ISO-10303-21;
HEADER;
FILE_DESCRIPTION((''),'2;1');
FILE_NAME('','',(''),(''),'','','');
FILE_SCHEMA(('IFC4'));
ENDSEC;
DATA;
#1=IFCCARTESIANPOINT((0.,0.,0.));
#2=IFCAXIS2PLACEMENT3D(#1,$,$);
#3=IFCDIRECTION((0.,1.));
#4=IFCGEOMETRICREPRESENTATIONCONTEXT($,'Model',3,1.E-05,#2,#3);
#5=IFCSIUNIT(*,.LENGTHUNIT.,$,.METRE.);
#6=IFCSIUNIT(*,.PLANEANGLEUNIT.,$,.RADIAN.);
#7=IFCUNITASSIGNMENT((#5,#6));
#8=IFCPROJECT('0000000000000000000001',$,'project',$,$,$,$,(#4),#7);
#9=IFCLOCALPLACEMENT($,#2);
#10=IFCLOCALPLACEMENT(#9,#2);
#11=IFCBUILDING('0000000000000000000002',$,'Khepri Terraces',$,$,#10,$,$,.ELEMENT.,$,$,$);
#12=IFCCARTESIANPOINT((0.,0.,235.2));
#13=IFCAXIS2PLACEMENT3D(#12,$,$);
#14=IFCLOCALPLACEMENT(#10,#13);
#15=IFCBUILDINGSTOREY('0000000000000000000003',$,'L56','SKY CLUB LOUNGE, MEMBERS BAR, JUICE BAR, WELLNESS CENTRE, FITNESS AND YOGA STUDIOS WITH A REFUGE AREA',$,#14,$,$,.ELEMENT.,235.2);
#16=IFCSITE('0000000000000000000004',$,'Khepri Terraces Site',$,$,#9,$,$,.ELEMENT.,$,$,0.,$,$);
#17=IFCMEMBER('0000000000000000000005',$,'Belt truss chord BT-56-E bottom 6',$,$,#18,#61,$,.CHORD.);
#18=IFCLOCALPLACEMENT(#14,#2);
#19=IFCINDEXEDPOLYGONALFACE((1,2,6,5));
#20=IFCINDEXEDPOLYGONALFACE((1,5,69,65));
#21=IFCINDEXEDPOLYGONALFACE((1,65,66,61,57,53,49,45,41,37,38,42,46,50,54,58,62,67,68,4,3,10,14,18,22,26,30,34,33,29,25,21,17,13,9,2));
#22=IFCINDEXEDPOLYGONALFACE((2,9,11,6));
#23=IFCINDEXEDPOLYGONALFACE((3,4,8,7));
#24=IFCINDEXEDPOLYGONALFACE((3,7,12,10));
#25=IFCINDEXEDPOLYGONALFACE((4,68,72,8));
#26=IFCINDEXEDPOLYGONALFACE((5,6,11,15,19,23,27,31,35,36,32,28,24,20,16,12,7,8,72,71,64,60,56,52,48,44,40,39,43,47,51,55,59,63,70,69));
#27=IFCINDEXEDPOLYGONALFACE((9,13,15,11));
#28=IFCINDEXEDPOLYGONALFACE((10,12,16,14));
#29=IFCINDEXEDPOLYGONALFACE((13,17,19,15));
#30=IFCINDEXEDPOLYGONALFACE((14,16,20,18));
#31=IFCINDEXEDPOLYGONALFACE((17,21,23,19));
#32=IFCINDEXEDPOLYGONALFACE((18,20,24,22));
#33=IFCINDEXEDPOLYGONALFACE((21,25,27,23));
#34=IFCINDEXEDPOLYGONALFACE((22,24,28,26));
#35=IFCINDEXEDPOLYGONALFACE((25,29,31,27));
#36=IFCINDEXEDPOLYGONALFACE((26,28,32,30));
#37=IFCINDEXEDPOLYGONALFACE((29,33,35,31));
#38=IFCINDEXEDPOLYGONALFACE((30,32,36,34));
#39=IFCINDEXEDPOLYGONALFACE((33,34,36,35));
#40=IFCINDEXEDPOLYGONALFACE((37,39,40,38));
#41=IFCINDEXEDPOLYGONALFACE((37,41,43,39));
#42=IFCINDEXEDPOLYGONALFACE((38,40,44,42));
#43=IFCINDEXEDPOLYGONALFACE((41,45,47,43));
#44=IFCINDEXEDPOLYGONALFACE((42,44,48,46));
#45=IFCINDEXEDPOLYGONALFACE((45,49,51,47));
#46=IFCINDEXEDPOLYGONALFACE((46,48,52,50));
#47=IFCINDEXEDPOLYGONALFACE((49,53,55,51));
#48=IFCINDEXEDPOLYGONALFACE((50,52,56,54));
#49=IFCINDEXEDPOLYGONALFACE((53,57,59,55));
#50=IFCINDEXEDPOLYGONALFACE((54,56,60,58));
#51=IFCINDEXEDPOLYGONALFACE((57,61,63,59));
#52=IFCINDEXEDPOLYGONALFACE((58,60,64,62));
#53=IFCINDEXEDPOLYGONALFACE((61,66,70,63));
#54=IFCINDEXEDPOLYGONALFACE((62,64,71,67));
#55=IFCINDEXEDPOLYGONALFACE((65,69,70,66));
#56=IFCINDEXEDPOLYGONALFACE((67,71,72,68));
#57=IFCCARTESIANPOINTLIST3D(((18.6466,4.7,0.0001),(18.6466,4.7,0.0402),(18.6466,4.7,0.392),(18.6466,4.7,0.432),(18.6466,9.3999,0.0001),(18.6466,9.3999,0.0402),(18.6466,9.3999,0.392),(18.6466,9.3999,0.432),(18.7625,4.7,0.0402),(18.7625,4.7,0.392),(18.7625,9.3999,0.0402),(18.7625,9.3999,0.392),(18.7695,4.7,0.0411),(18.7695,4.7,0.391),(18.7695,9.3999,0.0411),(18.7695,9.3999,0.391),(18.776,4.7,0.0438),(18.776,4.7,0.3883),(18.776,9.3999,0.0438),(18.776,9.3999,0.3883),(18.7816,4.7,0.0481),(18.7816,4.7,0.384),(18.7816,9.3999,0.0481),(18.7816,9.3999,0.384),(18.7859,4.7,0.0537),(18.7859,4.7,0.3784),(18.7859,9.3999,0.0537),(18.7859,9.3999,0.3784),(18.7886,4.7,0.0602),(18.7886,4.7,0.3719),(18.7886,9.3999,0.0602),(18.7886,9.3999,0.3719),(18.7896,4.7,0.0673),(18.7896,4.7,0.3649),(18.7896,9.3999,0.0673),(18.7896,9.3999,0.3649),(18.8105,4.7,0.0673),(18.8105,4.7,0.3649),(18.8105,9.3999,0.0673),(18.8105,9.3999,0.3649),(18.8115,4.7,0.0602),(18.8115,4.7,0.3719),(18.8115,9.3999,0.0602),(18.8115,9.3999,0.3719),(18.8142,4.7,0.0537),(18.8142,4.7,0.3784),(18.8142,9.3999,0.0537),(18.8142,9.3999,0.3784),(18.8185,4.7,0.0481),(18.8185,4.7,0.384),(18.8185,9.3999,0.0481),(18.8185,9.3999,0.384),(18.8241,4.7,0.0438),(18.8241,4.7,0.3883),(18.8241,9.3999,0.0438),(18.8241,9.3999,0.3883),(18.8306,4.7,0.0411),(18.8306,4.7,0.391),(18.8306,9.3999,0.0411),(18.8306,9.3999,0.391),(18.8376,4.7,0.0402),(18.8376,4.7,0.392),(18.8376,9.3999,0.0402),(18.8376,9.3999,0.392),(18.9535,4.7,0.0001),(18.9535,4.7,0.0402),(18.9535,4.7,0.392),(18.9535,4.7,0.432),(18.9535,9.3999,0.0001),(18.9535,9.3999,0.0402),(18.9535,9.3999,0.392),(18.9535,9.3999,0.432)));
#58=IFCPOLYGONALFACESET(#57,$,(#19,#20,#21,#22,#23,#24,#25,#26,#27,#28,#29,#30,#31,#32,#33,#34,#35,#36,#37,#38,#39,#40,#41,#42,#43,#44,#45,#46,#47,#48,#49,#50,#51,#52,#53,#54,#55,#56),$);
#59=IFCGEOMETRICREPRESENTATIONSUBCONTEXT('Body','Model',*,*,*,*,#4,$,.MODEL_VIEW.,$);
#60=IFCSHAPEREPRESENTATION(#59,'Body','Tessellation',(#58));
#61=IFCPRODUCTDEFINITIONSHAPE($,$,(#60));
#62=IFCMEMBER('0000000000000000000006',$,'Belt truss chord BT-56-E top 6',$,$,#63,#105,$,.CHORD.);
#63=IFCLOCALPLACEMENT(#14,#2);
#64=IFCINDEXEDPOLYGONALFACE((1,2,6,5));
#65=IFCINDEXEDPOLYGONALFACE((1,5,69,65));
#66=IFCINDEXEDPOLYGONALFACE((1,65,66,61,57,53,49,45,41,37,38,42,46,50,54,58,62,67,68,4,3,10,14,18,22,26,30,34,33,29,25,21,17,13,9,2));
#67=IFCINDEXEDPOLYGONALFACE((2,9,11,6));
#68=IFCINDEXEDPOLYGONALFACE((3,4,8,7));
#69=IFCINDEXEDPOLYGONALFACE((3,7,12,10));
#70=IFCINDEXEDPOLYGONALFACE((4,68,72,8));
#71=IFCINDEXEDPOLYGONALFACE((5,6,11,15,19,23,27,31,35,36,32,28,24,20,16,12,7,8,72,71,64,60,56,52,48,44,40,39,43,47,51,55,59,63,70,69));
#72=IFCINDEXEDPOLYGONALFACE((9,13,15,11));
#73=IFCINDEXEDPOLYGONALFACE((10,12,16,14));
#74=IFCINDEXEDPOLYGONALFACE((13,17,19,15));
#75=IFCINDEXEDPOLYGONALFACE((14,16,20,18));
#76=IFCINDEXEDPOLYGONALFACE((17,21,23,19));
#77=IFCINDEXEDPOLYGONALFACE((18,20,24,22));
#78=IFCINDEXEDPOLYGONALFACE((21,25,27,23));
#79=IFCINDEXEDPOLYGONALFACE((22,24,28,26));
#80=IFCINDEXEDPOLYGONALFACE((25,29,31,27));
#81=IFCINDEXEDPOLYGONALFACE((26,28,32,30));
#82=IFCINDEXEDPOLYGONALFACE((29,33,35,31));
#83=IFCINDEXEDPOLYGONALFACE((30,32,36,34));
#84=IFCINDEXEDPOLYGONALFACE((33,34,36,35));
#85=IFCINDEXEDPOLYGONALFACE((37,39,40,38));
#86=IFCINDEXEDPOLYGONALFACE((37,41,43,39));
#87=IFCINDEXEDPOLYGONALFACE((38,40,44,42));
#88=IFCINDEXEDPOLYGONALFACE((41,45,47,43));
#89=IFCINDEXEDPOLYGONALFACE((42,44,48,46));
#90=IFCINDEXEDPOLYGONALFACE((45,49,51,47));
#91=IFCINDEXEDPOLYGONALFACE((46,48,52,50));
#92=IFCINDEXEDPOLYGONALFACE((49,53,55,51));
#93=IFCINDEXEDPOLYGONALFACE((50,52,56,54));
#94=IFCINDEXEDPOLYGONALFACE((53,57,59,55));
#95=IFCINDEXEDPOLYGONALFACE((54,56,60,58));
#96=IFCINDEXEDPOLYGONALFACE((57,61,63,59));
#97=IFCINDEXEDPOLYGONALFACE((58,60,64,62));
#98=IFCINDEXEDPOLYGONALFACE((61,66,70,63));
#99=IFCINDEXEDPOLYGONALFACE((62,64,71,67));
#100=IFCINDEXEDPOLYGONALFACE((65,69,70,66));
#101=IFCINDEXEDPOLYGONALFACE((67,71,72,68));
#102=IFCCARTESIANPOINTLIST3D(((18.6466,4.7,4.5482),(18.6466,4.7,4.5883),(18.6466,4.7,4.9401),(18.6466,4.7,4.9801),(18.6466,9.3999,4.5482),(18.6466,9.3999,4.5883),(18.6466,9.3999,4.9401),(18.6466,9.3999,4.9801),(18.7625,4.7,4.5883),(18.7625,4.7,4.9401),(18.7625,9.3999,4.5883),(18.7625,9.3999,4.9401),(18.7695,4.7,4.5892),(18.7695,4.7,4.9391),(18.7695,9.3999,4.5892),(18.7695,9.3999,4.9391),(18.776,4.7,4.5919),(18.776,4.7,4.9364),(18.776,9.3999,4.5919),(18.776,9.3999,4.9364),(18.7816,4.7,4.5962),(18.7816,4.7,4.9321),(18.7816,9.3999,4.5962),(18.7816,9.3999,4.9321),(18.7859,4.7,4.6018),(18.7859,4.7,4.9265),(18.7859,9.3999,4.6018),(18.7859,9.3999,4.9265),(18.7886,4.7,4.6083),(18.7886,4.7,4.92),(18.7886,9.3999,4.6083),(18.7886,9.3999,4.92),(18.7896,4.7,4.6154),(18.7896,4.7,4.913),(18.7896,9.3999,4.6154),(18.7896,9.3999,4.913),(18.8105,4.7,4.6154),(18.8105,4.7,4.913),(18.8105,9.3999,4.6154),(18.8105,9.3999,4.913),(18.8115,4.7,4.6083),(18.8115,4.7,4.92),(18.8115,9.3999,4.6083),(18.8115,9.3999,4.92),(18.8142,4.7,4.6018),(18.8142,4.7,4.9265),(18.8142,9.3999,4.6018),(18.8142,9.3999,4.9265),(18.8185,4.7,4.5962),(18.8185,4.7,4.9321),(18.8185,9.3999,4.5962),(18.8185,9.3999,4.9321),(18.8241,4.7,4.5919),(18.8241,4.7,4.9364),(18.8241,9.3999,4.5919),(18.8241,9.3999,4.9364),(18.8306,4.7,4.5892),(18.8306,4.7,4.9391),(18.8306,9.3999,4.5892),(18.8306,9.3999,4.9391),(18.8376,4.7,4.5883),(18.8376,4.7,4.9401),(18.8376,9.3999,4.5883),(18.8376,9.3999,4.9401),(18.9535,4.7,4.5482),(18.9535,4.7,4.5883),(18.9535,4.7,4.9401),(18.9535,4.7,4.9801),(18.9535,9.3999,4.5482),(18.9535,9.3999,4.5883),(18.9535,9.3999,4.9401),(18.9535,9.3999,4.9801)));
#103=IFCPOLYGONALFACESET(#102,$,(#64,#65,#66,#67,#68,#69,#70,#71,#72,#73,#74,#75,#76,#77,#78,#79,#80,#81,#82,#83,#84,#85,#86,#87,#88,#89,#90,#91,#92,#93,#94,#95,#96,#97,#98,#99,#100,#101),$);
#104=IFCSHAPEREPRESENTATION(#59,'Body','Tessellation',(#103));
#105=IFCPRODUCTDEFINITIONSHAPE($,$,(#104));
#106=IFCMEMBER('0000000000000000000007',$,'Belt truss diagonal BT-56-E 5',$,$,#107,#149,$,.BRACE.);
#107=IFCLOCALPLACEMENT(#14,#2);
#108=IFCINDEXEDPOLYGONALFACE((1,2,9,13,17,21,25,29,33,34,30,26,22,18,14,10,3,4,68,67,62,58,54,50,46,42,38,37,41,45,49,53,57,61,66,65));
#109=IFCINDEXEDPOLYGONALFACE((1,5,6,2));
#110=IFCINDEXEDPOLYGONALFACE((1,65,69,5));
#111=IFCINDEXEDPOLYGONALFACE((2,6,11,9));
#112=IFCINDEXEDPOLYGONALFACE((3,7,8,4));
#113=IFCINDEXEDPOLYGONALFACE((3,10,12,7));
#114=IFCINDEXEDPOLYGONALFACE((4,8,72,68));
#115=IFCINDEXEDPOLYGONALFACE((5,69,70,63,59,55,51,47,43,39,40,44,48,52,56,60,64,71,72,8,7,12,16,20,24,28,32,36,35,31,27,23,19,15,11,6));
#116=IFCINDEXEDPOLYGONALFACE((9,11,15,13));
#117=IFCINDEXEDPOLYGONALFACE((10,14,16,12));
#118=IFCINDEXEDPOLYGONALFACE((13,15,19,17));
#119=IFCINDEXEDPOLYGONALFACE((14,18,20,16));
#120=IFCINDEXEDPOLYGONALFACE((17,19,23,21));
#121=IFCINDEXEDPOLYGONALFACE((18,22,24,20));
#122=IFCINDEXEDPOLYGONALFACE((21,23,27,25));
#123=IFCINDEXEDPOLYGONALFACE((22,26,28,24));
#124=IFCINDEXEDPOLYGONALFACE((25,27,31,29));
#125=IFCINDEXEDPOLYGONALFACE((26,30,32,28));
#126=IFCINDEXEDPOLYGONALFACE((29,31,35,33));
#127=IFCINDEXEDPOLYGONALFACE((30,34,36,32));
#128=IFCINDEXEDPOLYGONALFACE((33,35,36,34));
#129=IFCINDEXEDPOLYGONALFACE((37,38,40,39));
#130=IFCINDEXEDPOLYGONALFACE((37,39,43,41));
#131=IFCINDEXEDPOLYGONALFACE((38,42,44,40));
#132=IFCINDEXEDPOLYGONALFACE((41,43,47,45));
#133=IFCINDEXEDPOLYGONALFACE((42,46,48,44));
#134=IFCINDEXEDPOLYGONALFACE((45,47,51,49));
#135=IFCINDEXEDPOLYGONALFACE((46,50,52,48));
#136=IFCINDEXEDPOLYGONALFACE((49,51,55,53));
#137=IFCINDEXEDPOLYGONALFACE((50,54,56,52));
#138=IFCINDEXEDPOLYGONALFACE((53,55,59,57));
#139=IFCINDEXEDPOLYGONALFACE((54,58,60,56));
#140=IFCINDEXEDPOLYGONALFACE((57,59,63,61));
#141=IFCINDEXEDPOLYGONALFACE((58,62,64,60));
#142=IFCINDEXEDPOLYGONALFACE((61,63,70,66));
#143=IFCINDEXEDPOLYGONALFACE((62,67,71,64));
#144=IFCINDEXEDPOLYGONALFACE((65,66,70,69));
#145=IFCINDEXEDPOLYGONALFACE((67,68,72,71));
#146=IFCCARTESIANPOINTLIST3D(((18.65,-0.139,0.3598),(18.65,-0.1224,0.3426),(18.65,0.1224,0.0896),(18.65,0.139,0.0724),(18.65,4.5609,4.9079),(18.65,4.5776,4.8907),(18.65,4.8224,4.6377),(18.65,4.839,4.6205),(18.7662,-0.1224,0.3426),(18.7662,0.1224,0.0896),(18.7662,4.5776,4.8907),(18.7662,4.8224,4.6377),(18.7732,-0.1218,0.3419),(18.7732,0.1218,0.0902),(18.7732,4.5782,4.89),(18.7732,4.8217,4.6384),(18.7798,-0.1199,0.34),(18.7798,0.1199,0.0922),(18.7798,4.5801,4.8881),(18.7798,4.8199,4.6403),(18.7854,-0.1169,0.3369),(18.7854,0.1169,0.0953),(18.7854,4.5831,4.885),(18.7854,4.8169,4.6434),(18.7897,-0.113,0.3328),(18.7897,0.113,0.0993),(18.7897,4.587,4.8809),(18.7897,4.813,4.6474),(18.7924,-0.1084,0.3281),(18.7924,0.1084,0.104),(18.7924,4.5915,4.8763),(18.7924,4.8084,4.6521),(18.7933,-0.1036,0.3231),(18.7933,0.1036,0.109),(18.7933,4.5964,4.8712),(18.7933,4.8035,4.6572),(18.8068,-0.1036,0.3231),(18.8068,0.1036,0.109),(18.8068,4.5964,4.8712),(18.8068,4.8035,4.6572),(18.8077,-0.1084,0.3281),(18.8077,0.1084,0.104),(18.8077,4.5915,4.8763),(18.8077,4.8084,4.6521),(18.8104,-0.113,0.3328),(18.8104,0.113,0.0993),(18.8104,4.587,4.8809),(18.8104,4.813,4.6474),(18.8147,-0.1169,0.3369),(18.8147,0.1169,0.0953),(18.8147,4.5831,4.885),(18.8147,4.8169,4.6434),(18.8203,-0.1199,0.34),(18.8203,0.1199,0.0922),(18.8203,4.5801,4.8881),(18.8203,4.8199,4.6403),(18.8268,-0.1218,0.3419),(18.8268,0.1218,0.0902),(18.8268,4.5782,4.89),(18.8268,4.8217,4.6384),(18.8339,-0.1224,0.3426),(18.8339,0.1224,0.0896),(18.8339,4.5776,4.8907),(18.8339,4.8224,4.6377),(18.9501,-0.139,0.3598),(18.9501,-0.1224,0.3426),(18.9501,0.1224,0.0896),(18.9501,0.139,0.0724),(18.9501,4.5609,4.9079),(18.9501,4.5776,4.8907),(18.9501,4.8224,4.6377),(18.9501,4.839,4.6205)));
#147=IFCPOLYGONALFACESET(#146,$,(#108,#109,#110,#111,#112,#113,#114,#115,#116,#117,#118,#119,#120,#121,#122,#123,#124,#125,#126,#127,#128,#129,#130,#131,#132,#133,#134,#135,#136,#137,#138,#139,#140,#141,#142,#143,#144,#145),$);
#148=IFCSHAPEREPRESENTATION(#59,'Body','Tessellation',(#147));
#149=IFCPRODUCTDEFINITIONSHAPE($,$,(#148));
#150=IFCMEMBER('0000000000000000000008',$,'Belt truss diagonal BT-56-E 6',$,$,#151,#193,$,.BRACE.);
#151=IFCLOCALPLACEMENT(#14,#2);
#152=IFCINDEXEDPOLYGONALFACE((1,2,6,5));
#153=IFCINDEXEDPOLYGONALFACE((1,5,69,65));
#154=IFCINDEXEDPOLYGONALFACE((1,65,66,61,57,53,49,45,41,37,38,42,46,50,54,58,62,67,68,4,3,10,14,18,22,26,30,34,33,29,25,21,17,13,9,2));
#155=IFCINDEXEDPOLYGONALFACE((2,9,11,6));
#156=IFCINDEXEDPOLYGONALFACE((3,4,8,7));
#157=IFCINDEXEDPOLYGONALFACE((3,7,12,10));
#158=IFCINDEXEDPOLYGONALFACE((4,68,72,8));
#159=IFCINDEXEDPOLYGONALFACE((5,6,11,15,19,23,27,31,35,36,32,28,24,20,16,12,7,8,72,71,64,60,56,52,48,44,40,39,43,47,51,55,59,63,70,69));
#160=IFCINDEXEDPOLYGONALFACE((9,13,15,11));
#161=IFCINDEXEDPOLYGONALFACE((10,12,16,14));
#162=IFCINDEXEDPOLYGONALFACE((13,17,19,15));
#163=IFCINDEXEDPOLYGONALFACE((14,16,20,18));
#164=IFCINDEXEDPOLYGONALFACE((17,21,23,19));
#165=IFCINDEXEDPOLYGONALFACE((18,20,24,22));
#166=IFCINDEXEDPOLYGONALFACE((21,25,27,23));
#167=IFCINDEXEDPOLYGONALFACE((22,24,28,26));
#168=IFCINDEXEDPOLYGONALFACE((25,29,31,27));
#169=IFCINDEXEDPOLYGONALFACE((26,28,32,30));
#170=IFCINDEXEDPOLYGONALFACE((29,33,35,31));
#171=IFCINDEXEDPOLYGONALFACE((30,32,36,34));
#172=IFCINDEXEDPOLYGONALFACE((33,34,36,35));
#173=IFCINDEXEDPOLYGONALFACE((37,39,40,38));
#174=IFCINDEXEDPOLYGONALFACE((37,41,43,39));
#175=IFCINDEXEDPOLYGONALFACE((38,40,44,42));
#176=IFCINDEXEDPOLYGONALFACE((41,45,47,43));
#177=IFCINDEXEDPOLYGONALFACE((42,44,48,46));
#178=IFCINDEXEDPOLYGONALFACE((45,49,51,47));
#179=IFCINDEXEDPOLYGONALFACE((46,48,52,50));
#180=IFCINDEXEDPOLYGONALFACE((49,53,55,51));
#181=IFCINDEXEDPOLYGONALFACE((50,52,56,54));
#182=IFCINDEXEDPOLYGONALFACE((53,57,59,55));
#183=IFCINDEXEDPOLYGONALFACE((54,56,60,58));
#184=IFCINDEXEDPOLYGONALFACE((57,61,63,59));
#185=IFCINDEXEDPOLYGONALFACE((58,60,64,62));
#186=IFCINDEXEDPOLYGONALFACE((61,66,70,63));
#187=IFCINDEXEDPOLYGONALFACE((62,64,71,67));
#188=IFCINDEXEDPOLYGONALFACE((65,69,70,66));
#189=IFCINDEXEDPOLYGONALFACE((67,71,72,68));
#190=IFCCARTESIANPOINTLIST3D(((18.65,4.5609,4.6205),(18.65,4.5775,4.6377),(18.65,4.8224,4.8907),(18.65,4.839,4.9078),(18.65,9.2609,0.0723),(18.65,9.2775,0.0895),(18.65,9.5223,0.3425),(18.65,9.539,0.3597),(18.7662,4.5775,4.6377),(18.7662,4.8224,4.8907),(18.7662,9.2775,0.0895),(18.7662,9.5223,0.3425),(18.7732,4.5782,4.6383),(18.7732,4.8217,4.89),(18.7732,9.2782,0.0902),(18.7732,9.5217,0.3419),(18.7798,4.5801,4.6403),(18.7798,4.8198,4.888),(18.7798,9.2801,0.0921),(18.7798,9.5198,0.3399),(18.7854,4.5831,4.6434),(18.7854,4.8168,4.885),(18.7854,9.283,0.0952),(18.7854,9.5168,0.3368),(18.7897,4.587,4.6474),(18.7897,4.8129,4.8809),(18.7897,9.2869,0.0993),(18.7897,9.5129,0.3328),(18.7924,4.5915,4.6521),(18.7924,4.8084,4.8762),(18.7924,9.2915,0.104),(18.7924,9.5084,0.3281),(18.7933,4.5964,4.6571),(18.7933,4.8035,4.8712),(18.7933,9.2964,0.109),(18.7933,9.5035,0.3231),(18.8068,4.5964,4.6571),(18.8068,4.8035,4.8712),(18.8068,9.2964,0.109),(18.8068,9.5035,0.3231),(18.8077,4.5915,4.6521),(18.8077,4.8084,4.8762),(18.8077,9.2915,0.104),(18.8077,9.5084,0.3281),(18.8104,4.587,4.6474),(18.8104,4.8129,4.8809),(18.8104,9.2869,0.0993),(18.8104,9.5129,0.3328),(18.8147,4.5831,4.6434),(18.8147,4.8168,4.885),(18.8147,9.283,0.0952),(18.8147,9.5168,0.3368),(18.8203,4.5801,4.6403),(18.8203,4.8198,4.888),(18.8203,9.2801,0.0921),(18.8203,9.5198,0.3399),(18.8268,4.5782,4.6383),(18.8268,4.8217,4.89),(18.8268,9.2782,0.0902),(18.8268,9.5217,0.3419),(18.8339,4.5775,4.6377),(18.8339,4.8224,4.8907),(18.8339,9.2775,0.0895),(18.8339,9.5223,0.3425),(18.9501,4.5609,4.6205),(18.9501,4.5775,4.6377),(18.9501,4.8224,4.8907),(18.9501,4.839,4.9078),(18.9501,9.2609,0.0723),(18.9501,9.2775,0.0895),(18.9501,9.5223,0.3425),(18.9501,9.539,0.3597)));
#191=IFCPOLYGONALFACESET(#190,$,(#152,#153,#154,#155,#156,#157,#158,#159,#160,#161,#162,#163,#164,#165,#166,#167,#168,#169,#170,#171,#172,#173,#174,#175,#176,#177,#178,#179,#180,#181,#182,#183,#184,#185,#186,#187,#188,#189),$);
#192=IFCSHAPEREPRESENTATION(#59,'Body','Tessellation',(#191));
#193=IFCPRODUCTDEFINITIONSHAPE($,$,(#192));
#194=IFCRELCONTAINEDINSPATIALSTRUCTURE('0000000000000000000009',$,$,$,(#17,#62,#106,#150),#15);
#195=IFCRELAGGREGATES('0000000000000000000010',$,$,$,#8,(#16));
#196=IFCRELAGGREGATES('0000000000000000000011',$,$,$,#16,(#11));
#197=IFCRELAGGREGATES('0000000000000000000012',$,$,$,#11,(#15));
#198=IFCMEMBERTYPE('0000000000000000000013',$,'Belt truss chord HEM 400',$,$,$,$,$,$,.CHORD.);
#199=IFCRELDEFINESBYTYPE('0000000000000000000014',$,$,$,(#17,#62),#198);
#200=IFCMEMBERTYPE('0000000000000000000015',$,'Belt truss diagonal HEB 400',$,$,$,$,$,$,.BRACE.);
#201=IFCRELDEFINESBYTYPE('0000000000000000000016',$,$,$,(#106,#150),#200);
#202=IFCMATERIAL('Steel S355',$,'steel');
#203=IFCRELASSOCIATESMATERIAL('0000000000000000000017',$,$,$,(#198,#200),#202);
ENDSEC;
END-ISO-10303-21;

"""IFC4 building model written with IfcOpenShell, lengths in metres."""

from ifc_helpers import new_model, si_unit, direction, frame, origin, origin_2d, place, context, subcontext, project, spatial, i_section, extrude, material, material_profile, profile_set, type_object, element, save


model = new_model("IFC4")

# Units and contexts
model_context = context("Model", 3, precision=1e-05, world=origin(), true_north=direction((0.0, 1.0)))
body_context = subcontext(model_context, "Body", "Model", "MODEL_VIEW")
ifc_project = project(units=[si_unit("LENGTHUNIT", "METRE"), si_unit("PLANEANGLEUNIT", "RADIAN")], contexts=[model_context])

# Site, building, storey
site_placement = place(None, origin())
site = spatial("IfcSite", under=ifc_project, at=site_placement, Name="Khepri Terraces Site", CompositionType="ELEMENT", RefElevation=0.0)
building_placement = place(site_placement, origin())
building = spatial("IfcBuilding", under=site, at=building_placement, Name="Khepri Terraces", CompositionType="ELEMENT")
storey_placement = place(building_placement, frame((0.0, 0.0, 235.2)))
storey = spatial("IfcBuildingStorey", under=building, at=storey_placement, Name="L56", Description="SKY CLUB LOUNGE, MEMBERS BAR, JUICE BAR, WELLNESS CENTRE, FITNESS AND YOGA STUDIOS WITH A REFUGE AREA", CompositionType="ELEMENT", Elevation=235.2)

# Members
ifc_material_1 = material(Name="Steel S355", Category="steel")
ifc_material_profile_1 = material_profile(ifc_material_1, i_section(OverallWidth=0.3069, OverallDepth=0.4319, WebThickness=0.021, FlangeThickness=0.04, FilletRadius=0.0271, at=origin_2d()), Name="Steel S355", Category="steel")
ifc_profile_set_1 = profile_set([ifc_material_profile_1], Name="Steel S355")
member_type_1 = type_object("IfcMemberType", Name="Belt truss chord HEM 400", PredefinedType="CHORD", material=ifc_profile_set_1)
for number, where, z_axis, x_axis, name in (
    (1, (18.8, 4.7, 0.2161), (0.0, 1.0, 0.0), (-1.0, 0.0, 0.0), "Belt truss chord BT-56-E bottom 6"),
    (2, (18.8, 4.7, 4.7642), (0.0, 1.0, 0.0), (-1.0, 0.0, 0.0), "Belt truss chord BT-56-E top 6"),
):
    element("IfcMember", number, at=place(storey_placement, frame(where, z_axis=z_axis, x_axis=x_axis)), inside=storey, type_object=member_type_1, Name=name, PredefinedType="CHORD", context=body_context, shape_type="SweptSolid", body=[
        extrude(i_section(OverallWidth=0.3069, OverallDepth=0.4319, WebThickness=0.021, FlangeThickness=0.04, FilletRadius=0.0271, at=origin_2d()), origin(), (0.0, 0.0, 1.0), 4.7),
    ])
ifc_material_profile_2 = material_profile(ifc_material_1, i_section(OverallWidth=0.3, OverallDepth=0.3999, WebThickness=0.0134, FlangeThickness=0.0239, FilletRadius=0.0271, at=origin_2d()), Name="Steel S355", Category="steel")
ifc_profile_set_2 = profile_set([ifc_material_profile_2], Name="Steel S355")
member_type_2 = type_object("IfcMemberType", Name="Belt truss diagonal HEB 400", PredefinedType="BRACE", material=ifc_profile_set_2)
for number, where, z_axis, x_axis, name in (
    (3, (18.8, 0.0, 0.2161), (0.0, 0.718621, 0.695402), (-1.0, 0.0, 0.0), "Belt truss diagonal BT-56-E 5"),
    (4, (18.8, 4.7, 4.7642), (0.0, 0.718621, -0.695402), (-1.0, 0.0, 0.0), "Belt truss diagonal BT-56-E 6"),
):
    element("IfcMember", number, at=place(storey_placement, frame(where, z_axis=z_axis, x_axis=x_axis)), inside=storey, type_object=member_type_2, Name=name, PredefinedType="BRACE", context=body_context, shape_type="SweptSolid", body=[
        extrude(i_section(OverallWidth=0.3, OverallDepth=0.3999, WebThickness=0.0134, FlangeThickness=0.0239, FilletRadius=0.0271, at=origin_2d()), origin(), (0.0, 0.0, 1.0), 6.5403),
    ])

save(model, "model.ifc")
